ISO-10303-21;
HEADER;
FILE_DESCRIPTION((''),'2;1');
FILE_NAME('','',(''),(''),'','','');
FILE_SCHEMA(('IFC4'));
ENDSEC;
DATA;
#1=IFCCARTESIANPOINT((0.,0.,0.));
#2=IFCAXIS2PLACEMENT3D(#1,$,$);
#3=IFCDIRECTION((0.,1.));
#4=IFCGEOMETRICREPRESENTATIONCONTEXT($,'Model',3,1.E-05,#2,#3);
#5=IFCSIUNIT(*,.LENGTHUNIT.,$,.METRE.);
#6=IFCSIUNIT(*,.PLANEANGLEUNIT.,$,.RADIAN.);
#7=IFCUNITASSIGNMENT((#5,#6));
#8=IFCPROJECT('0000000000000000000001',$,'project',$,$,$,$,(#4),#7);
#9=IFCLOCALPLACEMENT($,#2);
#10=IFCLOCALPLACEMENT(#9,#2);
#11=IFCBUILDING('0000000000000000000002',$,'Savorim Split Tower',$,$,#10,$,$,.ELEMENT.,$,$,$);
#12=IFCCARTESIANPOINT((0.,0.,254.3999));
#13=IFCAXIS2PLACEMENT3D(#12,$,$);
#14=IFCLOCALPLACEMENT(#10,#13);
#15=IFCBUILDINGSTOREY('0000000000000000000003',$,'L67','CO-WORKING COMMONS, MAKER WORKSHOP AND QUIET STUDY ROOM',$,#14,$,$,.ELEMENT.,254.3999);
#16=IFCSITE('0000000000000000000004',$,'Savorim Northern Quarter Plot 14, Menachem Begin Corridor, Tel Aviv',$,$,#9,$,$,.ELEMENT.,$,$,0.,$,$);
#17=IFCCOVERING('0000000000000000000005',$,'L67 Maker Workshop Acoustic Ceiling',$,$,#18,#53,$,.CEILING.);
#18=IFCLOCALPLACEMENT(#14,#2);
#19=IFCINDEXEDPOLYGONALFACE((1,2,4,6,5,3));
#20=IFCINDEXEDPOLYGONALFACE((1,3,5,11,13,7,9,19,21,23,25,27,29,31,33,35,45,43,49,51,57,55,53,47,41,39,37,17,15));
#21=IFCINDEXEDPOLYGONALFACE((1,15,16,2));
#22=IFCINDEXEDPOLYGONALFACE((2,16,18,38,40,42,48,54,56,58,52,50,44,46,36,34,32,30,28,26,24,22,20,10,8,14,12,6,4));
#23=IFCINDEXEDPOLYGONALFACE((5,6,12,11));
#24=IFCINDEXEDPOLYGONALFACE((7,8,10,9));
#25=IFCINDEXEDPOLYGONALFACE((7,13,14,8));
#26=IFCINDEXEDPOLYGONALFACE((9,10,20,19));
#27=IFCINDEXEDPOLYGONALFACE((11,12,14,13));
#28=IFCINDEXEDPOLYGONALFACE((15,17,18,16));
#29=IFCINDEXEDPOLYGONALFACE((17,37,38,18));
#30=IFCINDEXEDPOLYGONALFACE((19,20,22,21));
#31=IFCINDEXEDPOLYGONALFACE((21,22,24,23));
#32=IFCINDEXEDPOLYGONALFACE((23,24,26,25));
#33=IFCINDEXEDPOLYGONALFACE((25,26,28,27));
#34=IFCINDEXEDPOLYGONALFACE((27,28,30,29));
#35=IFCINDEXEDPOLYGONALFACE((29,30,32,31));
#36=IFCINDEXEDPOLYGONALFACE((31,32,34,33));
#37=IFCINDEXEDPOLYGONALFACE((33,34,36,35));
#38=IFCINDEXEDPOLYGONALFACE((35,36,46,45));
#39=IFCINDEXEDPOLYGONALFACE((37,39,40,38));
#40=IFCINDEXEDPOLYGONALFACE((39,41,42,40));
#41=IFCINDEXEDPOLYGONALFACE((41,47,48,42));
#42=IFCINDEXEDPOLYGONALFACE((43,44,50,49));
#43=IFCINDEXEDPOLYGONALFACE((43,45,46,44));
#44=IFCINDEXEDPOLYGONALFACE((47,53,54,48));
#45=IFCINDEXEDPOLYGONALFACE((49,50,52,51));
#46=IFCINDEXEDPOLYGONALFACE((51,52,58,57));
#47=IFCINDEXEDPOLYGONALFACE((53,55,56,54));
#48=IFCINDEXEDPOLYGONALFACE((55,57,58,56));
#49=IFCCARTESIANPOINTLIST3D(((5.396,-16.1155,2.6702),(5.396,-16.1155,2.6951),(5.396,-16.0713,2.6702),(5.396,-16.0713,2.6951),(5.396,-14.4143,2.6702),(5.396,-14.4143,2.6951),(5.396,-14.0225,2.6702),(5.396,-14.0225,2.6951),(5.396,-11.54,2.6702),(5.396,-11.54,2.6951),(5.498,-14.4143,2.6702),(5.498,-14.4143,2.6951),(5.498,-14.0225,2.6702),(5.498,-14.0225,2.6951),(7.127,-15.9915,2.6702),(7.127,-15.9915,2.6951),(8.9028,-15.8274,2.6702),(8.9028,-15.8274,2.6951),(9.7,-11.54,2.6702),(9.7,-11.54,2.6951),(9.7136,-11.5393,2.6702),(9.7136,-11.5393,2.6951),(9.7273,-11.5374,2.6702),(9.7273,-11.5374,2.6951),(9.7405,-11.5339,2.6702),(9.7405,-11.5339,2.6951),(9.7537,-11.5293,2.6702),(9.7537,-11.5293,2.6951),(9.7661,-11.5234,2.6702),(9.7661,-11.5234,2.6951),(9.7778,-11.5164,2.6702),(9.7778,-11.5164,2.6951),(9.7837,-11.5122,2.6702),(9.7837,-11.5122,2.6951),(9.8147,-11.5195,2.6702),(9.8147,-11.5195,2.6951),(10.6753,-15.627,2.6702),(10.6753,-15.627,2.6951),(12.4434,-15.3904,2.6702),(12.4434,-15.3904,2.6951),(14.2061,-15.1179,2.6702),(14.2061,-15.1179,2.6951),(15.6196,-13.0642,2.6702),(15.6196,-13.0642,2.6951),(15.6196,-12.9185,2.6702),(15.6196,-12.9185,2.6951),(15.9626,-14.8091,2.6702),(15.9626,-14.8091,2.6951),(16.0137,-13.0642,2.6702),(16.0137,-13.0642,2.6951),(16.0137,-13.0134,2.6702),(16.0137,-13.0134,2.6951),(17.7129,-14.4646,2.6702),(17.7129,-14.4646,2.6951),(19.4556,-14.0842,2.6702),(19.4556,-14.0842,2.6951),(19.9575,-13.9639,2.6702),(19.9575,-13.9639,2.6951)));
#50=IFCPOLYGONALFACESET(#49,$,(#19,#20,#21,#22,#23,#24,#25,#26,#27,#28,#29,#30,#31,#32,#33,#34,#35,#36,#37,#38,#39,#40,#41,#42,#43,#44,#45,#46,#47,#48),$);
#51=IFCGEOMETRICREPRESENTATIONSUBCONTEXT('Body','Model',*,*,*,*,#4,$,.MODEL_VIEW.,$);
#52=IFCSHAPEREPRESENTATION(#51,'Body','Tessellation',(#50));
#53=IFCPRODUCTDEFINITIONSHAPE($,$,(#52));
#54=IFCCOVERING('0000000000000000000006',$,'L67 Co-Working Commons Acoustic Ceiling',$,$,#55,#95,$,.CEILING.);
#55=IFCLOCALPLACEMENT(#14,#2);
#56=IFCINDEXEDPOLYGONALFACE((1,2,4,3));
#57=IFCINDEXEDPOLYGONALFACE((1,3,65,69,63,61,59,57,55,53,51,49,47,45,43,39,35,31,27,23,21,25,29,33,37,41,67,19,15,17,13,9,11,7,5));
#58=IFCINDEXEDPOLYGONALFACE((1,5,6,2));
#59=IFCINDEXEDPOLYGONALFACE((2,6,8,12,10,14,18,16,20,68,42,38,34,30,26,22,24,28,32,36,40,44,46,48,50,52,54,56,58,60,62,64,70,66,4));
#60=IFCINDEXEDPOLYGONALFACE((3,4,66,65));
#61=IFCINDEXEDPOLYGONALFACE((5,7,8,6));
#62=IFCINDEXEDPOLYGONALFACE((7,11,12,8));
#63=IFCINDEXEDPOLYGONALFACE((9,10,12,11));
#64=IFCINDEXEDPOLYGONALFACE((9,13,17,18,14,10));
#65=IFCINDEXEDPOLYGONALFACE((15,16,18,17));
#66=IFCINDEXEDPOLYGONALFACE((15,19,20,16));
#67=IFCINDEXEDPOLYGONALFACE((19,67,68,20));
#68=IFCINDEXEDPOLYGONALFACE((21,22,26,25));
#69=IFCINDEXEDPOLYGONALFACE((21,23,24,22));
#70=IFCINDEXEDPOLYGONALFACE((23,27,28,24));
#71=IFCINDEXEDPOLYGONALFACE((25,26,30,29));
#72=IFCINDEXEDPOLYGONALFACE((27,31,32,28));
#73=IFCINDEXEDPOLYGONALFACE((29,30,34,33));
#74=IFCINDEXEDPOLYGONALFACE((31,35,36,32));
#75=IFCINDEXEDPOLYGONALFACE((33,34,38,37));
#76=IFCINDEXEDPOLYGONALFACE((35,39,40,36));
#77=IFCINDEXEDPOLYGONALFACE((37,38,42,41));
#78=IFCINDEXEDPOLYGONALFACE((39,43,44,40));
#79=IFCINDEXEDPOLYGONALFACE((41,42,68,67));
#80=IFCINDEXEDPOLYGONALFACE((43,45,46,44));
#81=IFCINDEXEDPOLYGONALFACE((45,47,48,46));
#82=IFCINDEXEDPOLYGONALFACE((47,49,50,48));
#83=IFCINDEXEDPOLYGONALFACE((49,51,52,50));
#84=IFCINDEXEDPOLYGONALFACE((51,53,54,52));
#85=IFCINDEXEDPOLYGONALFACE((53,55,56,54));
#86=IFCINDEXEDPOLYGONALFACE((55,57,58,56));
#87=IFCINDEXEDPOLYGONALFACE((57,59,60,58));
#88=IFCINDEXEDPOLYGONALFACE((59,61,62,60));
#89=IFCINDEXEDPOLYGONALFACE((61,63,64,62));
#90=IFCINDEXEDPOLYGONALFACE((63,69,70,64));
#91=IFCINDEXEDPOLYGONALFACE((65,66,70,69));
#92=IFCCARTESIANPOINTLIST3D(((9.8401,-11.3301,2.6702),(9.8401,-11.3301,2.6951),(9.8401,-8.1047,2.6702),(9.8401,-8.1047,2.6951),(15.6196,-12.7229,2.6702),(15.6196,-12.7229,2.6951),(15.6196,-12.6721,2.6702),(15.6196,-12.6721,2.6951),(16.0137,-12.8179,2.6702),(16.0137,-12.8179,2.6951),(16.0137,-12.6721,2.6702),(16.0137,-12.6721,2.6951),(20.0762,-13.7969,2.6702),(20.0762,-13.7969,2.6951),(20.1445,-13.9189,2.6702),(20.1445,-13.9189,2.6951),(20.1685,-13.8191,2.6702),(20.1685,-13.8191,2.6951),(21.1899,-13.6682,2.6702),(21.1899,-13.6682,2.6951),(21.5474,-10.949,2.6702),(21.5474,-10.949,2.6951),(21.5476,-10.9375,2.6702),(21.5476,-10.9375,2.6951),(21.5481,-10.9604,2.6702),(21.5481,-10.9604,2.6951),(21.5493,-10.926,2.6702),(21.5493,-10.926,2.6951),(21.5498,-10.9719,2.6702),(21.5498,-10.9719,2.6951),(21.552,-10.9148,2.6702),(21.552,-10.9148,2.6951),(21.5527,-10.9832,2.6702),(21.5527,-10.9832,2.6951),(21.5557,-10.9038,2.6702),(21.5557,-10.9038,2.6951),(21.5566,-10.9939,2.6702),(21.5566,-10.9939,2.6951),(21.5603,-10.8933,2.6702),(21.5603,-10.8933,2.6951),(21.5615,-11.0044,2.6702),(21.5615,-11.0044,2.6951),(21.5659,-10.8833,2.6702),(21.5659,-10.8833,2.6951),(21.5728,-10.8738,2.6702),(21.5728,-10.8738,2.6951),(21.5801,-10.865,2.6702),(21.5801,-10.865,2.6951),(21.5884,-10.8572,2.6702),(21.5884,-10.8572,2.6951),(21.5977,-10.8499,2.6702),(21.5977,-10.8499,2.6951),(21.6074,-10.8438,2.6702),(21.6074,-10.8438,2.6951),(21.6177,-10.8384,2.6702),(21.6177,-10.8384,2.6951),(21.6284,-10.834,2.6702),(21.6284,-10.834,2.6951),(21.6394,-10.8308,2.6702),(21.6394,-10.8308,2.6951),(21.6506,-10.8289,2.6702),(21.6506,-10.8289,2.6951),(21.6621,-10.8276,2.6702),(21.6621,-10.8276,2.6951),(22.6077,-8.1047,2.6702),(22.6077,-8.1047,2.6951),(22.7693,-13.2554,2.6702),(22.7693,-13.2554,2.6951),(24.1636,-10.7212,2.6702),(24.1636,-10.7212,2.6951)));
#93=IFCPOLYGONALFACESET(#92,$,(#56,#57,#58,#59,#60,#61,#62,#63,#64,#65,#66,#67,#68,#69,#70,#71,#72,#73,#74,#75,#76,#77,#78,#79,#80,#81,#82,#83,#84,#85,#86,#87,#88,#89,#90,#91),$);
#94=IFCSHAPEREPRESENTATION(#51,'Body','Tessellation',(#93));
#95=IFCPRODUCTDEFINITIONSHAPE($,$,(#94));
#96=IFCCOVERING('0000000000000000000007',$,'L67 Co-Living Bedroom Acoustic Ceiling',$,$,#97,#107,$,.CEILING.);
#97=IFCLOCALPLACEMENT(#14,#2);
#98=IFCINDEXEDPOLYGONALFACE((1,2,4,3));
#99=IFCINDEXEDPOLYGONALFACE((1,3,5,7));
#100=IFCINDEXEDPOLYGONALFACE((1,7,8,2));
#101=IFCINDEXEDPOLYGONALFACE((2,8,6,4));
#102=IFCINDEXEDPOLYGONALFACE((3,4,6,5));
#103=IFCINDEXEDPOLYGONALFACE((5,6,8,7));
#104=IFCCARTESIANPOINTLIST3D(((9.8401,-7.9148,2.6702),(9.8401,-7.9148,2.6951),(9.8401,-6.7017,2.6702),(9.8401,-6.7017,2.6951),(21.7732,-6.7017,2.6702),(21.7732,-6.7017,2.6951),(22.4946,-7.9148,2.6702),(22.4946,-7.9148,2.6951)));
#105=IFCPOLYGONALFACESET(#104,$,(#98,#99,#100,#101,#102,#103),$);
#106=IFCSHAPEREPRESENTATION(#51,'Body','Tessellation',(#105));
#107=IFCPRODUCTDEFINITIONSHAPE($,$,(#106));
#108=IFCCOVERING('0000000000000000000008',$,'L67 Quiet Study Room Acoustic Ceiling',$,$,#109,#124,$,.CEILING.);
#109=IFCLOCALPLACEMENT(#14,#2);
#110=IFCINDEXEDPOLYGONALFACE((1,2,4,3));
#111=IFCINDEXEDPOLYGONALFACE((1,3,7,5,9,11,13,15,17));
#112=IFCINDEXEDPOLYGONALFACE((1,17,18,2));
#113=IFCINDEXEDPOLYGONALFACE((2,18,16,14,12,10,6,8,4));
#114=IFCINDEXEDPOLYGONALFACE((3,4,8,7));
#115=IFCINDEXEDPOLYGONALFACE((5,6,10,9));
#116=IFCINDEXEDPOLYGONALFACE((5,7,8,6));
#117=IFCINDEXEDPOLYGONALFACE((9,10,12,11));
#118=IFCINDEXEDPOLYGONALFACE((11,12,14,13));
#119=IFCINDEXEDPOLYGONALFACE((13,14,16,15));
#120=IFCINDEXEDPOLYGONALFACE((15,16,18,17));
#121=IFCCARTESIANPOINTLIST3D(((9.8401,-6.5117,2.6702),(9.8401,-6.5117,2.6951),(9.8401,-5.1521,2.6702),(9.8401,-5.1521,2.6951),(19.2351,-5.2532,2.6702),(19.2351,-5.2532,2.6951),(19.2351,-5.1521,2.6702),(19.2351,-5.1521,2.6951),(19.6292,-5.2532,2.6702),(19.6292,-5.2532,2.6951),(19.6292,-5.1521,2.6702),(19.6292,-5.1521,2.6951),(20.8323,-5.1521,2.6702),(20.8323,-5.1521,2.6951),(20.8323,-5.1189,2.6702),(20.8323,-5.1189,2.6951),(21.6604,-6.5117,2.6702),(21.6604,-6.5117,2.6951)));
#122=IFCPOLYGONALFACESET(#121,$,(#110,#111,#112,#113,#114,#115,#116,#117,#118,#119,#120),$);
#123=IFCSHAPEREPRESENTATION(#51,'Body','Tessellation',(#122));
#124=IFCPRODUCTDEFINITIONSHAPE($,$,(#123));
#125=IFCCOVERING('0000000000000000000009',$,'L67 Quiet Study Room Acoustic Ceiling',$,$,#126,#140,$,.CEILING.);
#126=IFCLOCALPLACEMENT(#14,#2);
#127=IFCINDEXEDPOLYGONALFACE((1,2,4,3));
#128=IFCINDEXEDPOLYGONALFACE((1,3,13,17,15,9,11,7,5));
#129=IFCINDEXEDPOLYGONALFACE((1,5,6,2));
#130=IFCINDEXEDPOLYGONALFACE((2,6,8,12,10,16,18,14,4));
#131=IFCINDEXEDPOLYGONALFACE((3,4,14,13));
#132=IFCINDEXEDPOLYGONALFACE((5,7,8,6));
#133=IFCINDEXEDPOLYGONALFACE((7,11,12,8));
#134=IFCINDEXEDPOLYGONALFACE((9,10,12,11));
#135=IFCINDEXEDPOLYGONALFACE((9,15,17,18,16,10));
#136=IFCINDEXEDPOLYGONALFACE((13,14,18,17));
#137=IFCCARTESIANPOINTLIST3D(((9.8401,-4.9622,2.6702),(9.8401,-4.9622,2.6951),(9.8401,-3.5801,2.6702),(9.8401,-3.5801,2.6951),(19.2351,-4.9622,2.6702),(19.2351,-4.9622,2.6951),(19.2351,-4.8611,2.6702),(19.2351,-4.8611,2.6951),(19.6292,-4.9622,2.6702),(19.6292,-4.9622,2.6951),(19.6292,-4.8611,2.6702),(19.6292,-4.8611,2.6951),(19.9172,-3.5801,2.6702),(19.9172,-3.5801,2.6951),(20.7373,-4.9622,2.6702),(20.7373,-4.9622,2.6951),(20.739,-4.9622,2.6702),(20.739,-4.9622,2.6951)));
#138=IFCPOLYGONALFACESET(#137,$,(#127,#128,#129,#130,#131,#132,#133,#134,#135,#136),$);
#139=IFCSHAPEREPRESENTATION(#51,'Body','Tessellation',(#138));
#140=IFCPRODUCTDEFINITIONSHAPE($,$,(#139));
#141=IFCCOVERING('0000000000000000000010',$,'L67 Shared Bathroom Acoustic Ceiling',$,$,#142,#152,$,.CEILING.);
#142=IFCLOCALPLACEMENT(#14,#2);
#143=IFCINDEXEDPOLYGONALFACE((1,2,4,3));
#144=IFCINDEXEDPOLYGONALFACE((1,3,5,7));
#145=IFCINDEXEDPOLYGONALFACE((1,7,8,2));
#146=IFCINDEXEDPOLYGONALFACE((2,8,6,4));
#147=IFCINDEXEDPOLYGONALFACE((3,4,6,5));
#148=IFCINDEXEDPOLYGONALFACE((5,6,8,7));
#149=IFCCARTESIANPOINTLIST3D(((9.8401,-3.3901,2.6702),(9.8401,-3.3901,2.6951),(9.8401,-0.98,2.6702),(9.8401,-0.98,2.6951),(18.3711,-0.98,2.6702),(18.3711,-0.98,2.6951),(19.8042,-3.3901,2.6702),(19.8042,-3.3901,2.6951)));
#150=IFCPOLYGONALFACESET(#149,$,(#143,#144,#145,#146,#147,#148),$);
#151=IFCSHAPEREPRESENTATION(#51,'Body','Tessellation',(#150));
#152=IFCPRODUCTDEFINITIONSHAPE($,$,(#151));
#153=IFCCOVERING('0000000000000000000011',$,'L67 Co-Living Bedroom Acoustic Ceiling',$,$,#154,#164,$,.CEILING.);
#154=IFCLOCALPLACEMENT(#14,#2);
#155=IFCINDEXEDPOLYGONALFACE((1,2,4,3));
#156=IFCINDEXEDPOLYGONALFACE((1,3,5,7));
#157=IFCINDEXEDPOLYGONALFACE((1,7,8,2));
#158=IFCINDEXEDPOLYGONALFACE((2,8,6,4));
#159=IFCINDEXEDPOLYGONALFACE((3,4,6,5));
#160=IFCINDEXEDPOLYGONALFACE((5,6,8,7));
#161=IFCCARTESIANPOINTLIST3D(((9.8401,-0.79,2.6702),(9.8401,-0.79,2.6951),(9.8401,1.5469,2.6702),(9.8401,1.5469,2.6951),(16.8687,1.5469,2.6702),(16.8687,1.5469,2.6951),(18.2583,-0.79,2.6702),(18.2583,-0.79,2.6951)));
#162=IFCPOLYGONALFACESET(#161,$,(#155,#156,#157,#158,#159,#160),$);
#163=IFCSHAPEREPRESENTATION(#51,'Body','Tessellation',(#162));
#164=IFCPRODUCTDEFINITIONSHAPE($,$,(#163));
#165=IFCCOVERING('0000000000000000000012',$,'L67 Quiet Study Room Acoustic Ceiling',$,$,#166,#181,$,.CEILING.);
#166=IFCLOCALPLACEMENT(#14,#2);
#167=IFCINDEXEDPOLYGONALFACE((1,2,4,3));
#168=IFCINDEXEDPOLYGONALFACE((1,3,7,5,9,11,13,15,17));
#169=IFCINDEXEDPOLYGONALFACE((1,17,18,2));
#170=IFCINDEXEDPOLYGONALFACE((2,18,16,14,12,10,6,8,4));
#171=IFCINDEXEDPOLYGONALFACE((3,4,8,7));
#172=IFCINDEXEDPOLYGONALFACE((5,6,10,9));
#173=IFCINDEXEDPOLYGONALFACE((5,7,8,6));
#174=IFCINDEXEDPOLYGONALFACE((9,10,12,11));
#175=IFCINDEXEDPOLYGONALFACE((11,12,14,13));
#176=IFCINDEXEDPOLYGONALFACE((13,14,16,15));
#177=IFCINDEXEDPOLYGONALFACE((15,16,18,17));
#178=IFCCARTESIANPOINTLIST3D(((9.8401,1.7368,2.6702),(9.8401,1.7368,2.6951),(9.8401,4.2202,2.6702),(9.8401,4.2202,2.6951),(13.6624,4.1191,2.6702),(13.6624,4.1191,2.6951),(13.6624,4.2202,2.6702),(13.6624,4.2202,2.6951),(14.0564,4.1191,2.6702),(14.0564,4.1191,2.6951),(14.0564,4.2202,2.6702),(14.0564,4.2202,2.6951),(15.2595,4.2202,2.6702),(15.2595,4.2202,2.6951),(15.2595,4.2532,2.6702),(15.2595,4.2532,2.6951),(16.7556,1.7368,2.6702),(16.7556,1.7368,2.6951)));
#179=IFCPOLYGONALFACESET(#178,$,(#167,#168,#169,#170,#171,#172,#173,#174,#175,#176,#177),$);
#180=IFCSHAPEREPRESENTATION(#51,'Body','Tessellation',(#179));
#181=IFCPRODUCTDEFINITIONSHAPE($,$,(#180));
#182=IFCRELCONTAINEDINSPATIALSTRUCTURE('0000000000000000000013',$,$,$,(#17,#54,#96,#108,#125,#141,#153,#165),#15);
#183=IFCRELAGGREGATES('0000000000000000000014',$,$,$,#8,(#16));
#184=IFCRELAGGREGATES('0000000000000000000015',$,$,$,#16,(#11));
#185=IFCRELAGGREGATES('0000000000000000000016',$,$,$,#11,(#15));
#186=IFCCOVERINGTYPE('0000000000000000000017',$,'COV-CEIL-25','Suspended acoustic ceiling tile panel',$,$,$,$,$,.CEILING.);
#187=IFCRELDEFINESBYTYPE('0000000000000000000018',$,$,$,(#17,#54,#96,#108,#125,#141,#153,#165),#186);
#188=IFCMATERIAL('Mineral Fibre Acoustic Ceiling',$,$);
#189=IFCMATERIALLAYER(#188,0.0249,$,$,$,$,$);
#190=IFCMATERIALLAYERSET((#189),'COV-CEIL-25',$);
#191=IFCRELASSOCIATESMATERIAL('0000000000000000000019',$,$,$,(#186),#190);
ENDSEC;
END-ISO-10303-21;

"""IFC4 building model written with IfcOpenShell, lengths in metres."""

from ifc_helpers import new_model, si_unit, direction, frame, origin, place, context, subcontext, project, spatial, polyline, outline, extrude, material, layer, layer_set, type_object, element, save


model = new_model("IFC4")

# Units and contexts
model_context = context("Model", 3, precision=1e-05, world=origin(), true_north=direction((0.0, 1.0)))
body_context = subcontext(model_context, "Body", "Model", "MODEL_VIEW")
ifc_project = project(units=[si_unit("LENGTHUNIT", "METRE"), si_unit("PLANEANGLEUNIT", "RADIAN")], contexts=[model_context])

# Site, building, storey
site_placement = place(None, origin())
site = spatial("IfcSite", under=ifc_project, at=site_placement, Name="Savorim Northern Quarter Plot 14, Menachem Begin Corridor, Tel Aviv", CompositionType="ELEMENT", RefElevation=0.0)
building_placement = place(site_placement, origin())
building = spatial("IfcBuilding", under=site, at=building_placement, Name="Savorim Split Tower", CompositionType="ELEMENT")
storey_placement = place(building_placement, frame((0.0, 0.0, 254.3999)))
storey = spatial("IfcBuildingStorey", under=building, at=storey_placement, Name="L67", Description="CO-WORKING COMMONS, MAKER WORKSHOP AND QUIET STUDY ROOM", CompositionType="ELEMENT", Elevation=254.3999)

# Coverings
ifc_material_1 = material(Name="Mineral Fibre Acoustic Ceiling")
ifc_layer_1 = layer(ifc_material_1, 0.0249)
ifc_layer_set_1 = layer_set([ifc_layer_1], Name="COV-CEIL-25")
covering_type_1 = type_object("IfcCoveringType", Name="COV-CEIL-25", Description="Suspended acoustic ceiling tile panel", PredefinedType="CEILING", material=ifc_layer_set_1)
covering_1_placement = place(storey_placement, frame((0.0, 0.0, 2.6702)))
element("IfcCovering", 1, at=covering_1_placement, inside=storey, type_object=covering_type_1, Name="L67 Maker Workshop Acoustic Ceiling", PredefinedType="CEILING", context=body_context, shape_type="SweptSolid", body=[
    extrude(outline(polyline([(14.2061, -15.1179), (15.9626, -14.8091), (17.7129, -14.4646), (19.4556, -14.0842), (19.9575, -13.9639), (16.0137, -13.0134), (16.0137, -13.0642), (15.6196, -13.0642), (15.6196, -12.9185), (9.8147, -11.5195), (9.7837, -11.5122), (9.7778, -11.5164), (9.7661, -11.5234), (9.7537, -11.5293), (9.7405, -11.5339), (9.7273, -11.5374), (9.7136, -11.5393), (9.7, -11.54), (5.396, -11.54), (5.396, -14.0225), (5.498, -14.0225), (5.498, -14.4143), (5.396, -14.4143), (5.396, -16.0713), (5.396, -16.1155), (7.127, -15.9915), (8.9028, -15.8274), (10.6753, -15.627), (12.4434, -15.3904), (14.2061, -15.1179)])), origin(), (0.0, 0.0, 1.0), 0.0249),
])
covering_2_placement = place(storey_placement, frame((0.0, 0.0, 2.6702)))
element("IfcCovering", 2, at=covering_2_placement, inside=storey, type_object=covering_type_1, Name="L67 Co-Working Commons Acoustic Ceiling", PredefinedType="CEILING", context=body_context, shape_type="SweptSolid", body=[
    extrude(outline(polyline([(21.6394, -10.8308), (21.6506, -10.8289), (21.6621, -10.8276), (24.1636, -10.7212), (22.6077, -8.1047), (9.8401, -8.1047), (9.8401, -11.3301), (15.6196, -12.7229), (15.6196, -12.6721), (16.0137, -12.6721), (16.0137, -12.8179), (20.0762, -13.7969), (20.1685, -13.8191), (20.1445, -13.9189), (21.1899, -13.6682), (22.7693, -13.2554), (21.5615, -11.0044), (21.5566, -10.9939), (21.5527, -10.9832), (21.5498, -10.9719), (21.5481, -10.9604), (21.5474, -10.949), (21.5476, -10.9375), (21.5493, -10.926), (21.552, -10.9148), (21.5557, -10.9038), (21.5603, -10.8933), (21.5659, -10.8833), (21.5728, -10.8738), (21.5801, -10.865), (21.5884, -10.8572), (21.5977, -10.8499), (21.6074, -10.8438), (21.6177, -10.8384), (21.6284, -10.834), (21.6394, -10.8308)])), origin(), (0.0, 0.0, 1.0), 0.0249),
])
covering_3_placement = place(storey_placement, frame((0.0, 0.0, 2.6702)))
element("IfcCovering", 3, at=covering_3_placement, inside=storey, type_object=covering_type_1, Name="L67 Co-Living Bedroom Acoustic Ceiling", PredefinedType="CEILING", context=body_context, shape_type="SweptSolid", body=[
    extrude(outline(polyline([(22.4946, -7.9148), (21.7732, -6.7017), (9.8401, -6.7017), (9.8401, -7.9148), (22.4946, -7.9148)])), origin(), (0.0, 0.0, 1.0), 0.0249),
])
covering_4_placement = place(storey_placement, frame((0.0, 0.0, 2.6702)))
element("IfcCovering", 4, at=covering_4_placement, inside=storey, type_object=covering_type_1, Name="L67 Quiet Study Room Acoustic Ceiling", PredefinedType="CEILING", context=body_context, shape_type="SweptSolid", body=[
    extrude(outline(polyline([(19.2351, -5.2532), (19.2351, -5.1521), (9.8401, -5.1521), (9.8401, -6.5117), (21.6604, -6.5117), (20.8323, -5.1189), (20.8323, -5.1521), (19.6292, -5.1521), (19.6292, -5.2532), (19.2351, -5.2532)])), origin(), (0.0, 0.0, 1.0), 0.0249),
])
covering_5_placement = place(storey_placement, frame((0.0, 0.0, 2.6702)))
element("IfcCovering", 5, at=covering_5_placement, inside=storey, type_object=covering_type_1, Name="L67 Quiet Study Room Acoustic Ceiling", PredefinedType="CEILING", context=body_context, shape_type="SweptSolid", body=[
    extrude(outline(polyline([(19.6292, -4.8611), (19.6292, -4.9622), (20.7373, -4.9622), (20.739, -4.9622), (19.9172, -3.5801), (9.8401, -3.5801), (9.8401, -4.9622), (19.2351, -4.9622), (19.2351, -4.8611), (19.6292, -4.8611)])), origin(), (0.0, 0.0, 1.0), 0.0249),
])
covering_6_placement = place(storey_placement, frame((0.0, 0.0, 2.6702)))
element("IfcCovering", 6, at=covering_6_placement, inside=storey, type_object=covering_type_1, Name="L67 Shared Bathroom Acoustic Ceiling", PredefinedType="CEILING", context=body_context, shape_type="SweptSolid", body=[
    extrude(outline(polyline([(19.8042, -3.3901), (18.3711, -0.98), (9.8401, -0.98), (9.8401, -3.3901), (19.8042, -3.3901)])), origin(), (0.0, 0.0, 1.0), 0.0249),
])
covering_7_placement = place(storey_placement, frame((0.0, 0.0, 2.6702)))
element("IfcCovering", 7, at=covering_7_placement, inside=storey, type_object=covering_type_1, Name="L67 Co-Living Bedroom Acoustic Ceiling", PredefinedType="CEILING", context=body_context, shape_type="SweptSolid", body=[
    extrude(outline(polyline([(18.2583, -0.79), (16.8687, 1.5469), (9.8401, 1.5469), (9.8401, -0.79), (18.2583, -0.79)])), origin(), (0.0, 0.0, 1.0), 0.0249),
])
covering_8_placement = place(storey_placement, frame((0.0, 0.0, 2.6702)))
element("IfcCovering", 8, at=covering_8_placement, inside=storey, type_object=covering_type_1, Name="L67 Quiet Study Room Acoustic Ceiling", PredefinedType="CEILING", context=body_context, shape_type="SweptSolid", body=[
    extrude(outline(polyline([(13.6624, 4.1191), (13.6624, 4.2202), (9.8401, 4.2202), (9.8401, 1.7368), (16.7556, 1.7368), (15.2595, 4.2532), (15.2595, 4.2202), (14.0564, 4.2202), (14.0564, 4.1191), (13.6624, 4.1191)])), origin(), (0.0, 0.0, 1.0), 0.0249),
])

save(model, "model.ifc")
